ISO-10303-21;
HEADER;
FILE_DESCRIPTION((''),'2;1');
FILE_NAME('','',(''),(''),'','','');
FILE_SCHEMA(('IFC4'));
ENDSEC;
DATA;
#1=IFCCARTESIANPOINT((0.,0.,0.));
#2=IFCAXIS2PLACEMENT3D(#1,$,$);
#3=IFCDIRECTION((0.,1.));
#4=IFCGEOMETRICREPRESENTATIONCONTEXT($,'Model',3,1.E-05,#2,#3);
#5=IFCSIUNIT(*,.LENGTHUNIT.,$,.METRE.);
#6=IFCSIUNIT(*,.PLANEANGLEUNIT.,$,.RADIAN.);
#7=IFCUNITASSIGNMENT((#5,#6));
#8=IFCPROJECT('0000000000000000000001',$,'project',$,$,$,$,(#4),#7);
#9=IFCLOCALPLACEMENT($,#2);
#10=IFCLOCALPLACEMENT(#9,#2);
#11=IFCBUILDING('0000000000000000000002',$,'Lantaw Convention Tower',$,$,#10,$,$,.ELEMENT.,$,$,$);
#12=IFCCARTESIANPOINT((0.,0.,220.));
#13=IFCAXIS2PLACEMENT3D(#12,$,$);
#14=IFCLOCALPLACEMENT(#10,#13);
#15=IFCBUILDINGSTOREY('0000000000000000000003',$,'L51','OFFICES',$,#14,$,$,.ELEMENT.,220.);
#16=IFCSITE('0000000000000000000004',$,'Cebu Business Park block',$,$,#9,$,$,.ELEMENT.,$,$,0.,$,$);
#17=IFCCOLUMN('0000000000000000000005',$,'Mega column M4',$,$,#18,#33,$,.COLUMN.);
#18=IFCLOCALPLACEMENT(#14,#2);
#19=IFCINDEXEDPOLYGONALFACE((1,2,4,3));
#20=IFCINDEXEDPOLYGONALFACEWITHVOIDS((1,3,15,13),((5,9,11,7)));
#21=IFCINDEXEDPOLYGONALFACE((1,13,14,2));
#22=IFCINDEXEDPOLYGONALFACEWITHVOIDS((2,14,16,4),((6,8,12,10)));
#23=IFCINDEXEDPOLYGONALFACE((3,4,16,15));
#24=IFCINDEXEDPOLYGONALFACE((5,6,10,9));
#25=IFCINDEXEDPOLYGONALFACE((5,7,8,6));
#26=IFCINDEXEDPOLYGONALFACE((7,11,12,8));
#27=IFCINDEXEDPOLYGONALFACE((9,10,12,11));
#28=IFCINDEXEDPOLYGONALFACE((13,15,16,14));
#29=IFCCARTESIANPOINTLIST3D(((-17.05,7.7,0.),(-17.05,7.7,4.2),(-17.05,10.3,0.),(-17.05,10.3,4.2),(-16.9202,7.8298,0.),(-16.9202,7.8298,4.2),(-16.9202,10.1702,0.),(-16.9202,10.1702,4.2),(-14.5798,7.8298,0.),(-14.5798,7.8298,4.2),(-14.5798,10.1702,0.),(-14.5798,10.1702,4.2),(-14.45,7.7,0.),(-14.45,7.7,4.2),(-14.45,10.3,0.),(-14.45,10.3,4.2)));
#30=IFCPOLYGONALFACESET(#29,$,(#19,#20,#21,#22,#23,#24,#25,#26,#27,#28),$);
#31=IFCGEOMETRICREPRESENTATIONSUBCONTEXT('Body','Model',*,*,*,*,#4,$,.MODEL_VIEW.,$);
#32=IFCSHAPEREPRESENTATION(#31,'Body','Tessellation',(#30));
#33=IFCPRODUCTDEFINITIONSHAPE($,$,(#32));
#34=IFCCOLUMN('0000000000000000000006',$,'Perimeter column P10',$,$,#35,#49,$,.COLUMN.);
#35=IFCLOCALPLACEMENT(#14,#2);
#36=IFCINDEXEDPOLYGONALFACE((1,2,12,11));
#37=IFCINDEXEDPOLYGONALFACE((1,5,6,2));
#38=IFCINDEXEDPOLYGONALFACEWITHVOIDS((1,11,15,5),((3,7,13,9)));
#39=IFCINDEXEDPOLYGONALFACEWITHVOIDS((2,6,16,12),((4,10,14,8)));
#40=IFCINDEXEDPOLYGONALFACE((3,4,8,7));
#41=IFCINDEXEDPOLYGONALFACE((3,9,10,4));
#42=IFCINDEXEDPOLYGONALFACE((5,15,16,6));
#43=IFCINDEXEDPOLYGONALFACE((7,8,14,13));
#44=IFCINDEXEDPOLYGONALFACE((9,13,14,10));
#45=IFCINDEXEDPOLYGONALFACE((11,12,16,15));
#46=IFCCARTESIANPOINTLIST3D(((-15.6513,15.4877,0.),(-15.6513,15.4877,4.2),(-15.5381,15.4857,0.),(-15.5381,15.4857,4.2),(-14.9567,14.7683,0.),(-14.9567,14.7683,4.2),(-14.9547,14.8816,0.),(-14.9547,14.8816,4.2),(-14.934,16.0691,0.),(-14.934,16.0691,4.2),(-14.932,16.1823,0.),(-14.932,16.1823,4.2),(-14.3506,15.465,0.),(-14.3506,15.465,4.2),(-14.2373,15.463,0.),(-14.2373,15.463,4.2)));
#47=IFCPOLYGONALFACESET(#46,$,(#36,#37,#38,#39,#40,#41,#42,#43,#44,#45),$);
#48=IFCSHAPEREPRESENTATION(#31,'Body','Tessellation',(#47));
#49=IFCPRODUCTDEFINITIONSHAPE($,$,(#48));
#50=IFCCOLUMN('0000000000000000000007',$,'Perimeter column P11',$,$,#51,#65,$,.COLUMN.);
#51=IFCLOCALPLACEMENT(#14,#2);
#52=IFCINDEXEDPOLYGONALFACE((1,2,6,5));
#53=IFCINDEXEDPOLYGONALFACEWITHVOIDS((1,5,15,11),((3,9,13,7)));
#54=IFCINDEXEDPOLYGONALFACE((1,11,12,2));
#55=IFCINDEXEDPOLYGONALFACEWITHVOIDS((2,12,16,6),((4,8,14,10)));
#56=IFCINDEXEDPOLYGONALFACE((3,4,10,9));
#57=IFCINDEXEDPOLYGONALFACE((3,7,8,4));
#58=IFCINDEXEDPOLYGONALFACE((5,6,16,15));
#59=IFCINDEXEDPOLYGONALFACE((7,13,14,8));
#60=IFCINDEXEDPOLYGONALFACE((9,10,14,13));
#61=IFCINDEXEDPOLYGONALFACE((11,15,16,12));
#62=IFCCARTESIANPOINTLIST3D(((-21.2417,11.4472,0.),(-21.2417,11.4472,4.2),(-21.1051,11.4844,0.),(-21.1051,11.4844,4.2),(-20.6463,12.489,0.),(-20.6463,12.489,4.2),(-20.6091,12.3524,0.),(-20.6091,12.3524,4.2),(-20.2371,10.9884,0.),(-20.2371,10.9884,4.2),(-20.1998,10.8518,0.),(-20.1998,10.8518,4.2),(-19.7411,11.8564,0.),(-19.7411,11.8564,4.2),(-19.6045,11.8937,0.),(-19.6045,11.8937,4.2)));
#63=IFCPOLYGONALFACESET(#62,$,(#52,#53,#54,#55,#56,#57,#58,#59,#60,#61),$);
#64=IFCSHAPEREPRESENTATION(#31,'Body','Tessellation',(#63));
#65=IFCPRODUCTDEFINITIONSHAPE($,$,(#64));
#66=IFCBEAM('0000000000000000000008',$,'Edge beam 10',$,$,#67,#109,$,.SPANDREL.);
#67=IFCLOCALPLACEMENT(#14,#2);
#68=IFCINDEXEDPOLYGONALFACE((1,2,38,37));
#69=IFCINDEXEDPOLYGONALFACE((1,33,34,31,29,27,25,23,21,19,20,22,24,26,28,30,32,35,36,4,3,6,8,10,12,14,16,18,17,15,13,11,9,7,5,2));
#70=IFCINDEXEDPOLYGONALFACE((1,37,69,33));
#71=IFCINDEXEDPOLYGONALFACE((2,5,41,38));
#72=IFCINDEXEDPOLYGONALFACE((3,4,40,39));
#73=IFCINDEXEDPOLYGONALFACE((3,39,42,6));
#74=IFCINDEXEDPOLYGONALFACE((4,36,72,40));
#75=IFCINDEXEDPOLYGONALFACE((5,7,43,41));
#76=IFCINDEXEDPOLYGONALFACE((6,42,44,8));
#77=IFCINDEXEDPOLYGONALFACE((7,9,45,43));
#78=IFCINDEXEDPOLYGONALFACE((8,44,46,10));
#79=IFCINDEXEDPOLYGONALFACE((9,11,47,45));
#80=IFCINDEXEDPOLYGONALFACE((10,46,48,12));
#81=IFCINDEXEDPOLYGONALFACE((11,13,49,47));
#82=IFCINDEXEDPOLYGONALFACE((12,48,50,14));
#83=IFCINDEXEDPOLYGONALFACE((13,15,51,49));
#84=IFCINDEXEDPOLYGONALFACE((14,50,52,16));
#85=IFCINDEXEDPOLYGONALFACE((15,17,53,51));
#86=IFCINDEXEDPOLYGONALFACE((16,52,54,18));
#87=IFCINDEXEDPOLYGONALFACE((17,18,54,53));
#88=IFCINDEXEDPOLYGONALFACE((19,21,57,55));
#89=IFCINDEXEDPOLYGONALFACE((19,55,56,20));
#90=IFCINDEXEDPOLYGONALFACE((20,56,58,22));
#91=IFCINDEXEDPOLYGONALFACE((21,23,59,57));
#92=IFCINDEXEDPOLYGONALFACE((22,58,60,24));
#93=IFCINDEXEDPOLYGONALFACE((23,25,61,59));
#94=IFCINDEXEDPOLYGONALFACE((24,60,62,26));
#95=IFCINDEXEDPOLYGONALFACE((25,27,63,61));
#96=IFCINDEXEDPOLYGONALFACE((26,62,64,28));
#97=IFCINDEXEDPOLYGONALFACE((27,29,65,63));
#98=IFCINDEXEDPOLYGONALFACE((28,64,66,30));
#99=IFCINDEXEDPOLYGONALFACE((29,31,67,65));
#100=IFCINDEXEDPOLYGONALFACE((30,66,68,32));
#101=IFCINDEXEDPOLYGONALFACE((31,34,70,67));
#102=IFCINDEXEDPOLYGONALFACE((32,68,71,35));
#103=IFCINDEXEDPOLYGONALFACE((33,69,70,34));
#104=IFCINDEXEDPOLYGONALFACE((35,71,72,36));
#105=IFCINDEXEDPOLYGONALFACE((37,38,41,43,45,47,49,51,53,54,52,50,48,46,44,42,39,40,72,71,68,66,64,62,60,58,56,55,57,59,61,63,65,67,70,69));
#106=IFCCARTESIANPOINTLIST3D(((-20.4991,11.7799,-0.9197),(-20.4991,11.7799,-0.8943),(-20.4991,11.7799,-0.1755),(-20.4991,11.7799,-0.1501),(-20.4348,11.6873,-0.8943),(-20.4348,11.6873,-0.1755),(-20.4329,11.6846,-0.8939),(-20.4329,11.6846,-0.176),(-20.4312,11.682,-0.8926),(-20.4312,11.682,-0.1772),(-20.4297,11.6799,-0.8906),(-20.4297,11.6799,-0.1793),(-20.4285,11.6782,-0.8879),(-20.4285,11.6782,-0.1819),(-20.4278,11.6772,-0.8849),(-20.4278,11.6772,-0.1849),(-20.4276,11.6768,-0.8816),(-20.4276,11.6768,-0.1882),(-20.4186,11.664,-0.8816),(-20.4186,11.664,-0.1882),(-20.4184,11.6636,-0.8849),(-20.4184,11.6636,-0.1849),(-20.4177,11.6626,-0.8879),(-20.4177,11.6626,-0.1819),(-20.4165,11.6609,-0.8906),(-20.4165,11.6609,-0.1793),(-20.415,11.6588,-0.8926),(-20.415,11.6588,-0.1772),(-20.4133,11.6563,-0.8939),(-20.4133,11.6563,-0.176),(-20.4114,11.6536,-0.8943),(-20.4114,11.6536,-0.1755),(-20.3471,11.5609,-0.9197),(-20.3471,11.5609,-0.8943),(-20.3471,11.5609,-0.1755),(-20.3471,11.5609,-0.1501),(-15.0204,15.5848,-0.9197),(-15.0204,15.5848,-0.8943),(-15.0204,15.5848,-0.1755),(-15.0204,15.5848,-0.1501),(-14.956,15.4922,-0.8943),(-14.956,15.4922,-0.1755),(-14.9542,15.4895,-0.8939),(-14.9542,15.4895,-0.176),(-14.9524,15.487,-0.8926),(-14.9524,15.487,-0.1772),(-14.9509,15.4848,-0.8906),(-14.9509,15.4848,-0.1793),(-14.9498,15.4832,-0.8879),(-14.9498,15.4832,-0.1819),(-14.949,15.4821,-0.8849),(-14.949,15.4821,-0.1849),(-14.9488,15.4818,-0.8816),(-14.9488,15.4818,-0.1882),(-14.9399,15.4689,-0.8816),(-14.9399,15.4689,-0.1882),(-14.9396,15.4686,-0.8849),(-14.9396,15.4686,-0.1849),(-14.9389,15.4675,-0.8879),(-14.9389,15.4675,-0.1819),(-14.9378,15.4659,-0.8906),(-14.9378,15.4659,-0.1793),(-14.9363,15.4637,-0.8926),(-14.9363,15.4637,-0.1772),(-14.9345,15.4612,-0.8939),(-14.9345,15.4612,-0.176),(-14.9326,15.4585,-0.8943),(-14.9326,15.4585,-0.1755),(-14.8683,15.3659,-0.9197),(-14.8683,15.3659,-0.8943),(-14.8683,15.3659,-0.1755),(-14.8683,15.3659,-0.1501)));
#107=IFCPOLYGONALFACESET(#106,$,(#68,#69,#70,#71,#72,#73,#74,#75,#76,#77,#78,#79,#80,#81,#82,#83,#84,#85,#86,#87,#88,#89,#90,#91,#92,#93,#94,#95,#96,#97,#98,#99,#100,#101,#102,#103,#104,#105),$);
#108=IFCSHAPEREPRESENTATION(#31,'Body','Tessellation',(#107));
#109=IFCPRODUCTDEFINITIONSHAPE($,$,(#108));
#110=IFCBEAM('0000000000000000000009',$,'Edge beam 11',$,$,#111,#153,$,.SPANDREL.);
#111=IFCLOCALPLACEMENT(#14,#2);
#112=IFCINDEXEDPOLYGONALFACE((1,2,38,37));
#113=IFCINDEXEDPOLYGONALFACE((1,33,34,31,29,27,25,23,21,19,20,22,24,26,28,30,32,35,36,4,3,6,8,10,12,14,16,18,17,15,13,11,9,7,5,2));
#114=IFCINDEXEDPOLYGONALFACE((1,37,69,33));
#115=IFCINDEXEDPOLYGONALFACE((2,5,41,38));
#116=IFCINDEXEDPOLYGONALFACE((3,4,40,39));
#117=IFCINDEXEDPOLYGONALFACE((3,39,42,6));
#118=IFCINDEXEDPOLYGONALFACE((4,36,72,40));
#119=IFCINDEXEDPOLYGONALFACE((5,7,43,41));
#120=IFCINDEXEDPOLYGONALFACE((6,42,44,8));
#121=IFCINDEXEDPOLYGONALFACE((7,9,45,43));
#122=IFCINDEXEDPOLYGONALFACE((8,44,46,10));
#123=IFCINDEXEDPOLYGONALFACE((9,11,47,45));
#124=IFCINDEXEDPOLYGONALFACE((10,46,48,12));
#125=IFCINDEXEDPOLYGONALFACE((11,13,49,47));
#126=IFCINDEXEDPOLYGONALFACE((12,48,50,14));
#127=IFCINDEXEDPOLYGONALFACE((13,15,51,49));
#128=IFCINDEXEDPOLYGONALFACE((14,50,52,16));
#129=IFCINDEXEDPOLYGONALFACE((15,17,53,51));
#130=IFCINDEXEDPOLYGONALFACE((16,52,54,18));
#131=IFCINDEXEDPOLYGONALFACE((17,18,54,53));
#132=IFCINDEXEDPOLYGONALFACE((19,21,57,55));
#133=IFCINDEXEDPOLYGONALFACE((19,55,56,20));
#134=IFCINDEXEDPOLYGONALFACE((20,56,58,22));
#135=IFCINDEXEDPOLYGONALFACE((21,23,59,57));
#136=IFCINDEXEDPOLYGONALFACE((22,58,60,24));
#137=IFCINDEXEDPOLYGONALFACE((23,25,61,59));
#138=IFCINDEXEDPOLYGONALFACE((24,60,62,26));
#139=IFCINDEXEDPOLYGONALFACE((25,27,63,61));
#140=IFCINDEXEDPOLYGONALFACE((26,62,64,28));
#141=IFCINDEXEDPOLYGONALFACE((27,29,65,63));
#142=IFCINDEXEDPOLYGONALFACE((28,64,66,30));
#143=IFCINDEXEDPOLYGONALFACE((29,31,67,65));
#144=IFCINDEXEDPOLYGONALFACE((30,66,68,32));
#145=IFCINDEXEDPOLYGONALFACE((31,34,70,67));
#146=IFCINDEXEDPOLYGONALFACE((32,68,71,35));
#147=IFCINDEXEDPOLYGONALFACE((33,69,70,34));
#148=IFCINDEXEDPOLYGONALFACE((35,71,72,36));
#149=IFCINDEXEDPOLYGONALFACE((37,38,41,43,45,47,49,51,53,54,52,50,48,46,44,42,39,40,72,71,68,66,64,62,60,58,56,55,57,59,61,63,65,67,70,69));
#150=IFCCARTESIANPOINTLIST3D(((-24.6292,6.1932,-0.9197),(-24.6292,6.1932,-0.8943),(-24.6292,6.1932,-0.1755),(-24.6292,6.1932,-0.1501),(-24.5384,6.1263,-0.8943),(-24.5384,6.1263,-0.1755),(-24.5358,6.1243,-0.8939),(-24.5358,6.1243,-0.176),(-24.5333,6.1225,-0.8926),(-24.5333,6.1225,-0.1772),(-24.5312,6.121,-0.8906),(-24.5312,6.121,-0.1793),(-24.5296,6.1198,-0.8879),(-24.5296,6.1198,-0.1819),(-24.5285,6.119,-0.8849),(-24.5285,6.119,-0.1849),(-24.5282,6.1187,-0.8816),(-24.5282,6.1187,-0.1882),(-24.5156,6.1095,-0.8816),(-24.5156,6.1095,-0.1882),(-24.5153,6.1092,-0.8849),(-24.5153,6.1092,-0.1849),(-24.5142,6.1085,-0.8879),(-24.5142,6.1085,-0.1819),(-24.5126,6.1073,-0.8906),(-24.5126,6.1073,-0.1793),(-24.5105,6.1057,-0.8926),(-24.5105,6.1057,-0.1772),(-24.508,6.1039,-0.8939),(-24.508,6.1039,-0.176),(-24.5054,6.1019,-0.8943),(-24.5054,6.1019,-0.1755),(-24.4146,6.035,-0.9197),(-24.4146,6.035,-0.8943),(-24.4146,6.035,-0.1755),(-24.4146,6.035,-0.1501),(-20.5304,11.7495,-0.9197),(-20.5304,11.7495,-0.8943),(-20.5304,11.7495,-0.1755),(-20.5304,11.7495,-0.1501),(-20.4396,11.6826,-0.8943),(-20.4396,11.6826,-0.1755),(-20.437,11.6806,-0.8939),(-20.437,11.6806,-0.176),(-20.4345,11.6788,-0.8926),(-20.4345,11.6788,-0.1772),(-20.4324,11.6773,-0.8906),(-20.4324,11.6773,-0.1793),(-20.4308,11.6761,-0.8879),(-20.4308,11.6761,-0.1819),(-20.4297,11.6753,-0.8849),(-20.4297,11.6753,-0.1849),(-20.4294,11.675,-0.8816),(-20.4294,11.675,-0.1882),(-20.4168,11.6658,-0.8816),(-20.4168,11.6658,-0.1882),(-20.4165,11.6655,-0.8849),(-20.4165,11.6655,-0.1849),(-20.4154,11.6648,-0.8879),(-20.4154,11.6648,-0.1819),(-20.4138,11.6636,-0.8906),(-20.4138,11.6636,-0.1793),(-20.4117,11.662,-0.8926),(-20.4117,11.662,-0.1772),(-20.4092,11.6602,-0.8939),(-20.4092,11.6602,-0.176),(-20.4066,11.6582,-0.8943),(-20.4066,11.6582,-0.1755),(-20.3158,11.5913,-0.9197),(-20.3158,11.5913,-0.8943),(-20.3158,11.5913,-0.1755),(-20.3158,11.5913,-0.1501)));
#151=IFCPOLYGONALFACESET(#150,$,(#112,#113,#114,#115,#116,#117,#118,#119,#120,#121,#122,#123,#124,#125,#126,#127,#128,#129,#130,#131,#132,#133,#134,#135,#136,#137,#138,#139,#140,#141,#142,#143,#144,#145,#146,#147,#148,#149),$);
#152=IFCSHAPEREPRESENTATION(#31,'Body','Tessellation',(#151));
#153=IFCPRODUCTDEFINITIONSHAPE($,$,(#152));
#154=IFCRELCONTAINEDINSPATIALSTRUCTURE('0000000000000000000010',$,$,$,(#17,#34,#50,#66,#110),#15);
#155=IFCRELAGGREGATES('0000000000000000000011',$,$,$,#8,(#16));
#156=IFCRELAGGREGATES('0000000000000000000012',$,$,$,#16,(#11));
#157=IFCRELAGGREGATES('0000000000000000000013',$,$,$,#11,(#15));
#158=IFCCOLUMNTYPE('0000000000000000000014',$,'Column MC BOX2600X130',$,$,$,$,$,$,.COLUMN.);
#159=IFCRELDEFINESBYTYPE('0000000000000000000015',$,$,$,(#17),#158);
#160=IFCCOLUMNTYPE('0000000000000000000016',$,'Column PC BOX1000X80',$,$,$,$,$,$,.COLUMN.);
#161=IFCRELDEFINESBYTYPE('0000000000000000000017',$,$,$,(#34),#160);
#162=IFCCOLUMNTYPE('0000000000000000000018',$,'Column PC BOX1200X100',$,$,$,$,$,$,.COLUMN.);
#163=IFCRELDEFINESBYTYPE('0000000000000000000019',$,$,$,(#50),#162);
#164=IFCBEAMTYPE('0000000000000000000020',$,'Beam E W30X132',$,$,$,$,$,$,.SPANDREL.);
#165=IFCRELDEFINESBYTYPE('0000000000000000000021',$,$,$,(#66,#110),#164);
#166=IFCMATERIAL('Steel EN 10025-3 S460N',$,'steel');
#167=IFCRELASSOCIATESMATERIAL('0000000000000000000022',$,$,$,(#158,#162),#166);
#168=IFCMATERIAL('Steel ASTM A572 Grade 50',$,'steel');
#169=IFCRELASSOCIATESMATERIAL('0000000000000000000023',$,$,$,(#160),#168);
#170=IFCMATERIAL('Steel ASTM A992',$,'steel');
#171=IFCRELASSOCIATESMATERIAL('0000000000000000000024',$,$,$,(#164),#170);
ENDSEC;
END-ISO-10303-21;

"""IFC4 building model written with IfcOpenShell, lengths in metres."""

from ifc_helpers import new_model, si_unit, direction, frame, origin, origin_2d, place, context, subcontext, project, spatial, rectangle, hollow_rectangle, i_section, extrude, material, material_profile, profile_set, type_object, element, save


model = new_model("IFC4")

# Units and contexts
model_context = context("Model", 3, precision=1e-05, world=origin(), true_north=direction((0.0, 1.0)))
body_context = subcontext(model_context, "Body", "Model", "MODEL_VIEW")
ifc_project = project(units=[si_unit("LENGTHUNIT", "METRE"), si_unit("PLANEANGLEUNIT", "RADIAN")], contexts=[model_context])

# Site, building, storey
site_placement = place(None, origin())
site = spatial("IfcSite", under=ifc_project, at=site_placement, Name="Cebu Business Park block", CompositionType="ELEMENT", RefElevation=0.0)
building_placement = place(site_placement, origin())
building = spatial("IfcBuilding", under=site, at=building_placement, Name="Lantaw Convention Tower", CompositionType="ELEMENT")
storey_placement = place(building_placement, frame((0.0, 0.0, 220.0)))
storey = spatial("IfcBuildingStorey", under=building, at=storey_placement, Name="L51", Description="OFFICES", CompositionType="ELEMENT", Elevation=220.0)

# Columns
ifc_material_1 = material(Name="Steel EN 10025-3 S460N", Category="steel")
ifc_material_profile_1 = material_profile(ifc_material_1, hollow_rectangle(XDim=2.6001, YDim=2.6001, WallThickness=0.1299, at=origin_2d()), Name="BOX2600X130")
ifc_material_2 = material(Name="Concrete C60/75", Category="concrete")
ifc_material_profile_2 = material_profile(ifc_material_2, rectangle(XDim=2.3401, YDim=2.3401, at=origin_2d()), Name="Concrete fill of BOX2600X130")
ifc_profile_set_1 = profile_set([ifc_material_profile_1, ifc_material_profile_2], Name="Steel EN 10025-3 S460N")
column_type_1 = type_object("IfcColumnType", Name="Column MC BOX2600X130", PredefinedType="COLUMN", material=ifc_profile_set_1)
column_1_placement = place(storey_placement, frame((-15.75, 9.0, 0.0), z_axis=(0.0, 0.0, 1.0), x_axis=(1.0, 0.0, 0.0)))
element("IfcColumn", 1, at=column_1_placement, inside=storey, type_object=column_type_1, Name="Mega column M4", PredefinedType="COLUMN", context=body_context, shape_type="SweptSolid", body=[
    extrude(hollow_rectangle(XDim=2.6001, YDim=2.6001, WallThickness=0.1299, at=origin_2d()), origin(), (0.0, 0.0, 1.0), 4.2),
])
ifc_material_3 = material(Name="Steel ASTM A572 Grade 50", Category="steel")
ifc_material_profile_3 = material_profile(ifc_material_3, hollow_rectangle(XDim=1.0, YDim=1.0, WallThickness=0.0801, at=origin_2d()), Name="BOX1000X80")
ifc_material_profile_4 = material_profile(ifc_material_2, rectangle(XDim=0.8401, YDim=0.8401, at=origin_2d()), Name="Concrete fill of BOX1000X80")
ifc_profile_set_2 = profile_set([ifc_material_profile_3, ifc_material_profile_4], Name="Steel ASTM A572 Grade 50")
column_type_2 = type_object("IfcColumnType", Name="Column PC BOX1000X80", PredefinedType="COLUMN", material=ifc_profile_set_2)
column_2_placement = place(storey_placement, frame((-14.9443, 15.4753, 0.0), z_axis=(0.0, 0.0, 1.0), x_axis=(0.71934, 0.694658, 0.0)))
element("IfcColumn", 2, at=column_2_placement, inside=storey, type_object=column_type_2, Name="Perimeter column P10", PredefinedType="COLUMN", context=body_context, shape_type="SweptSolid", body=[
    extrude(hollow_rectangle(XDim=1.0, YDim=1.0, WallThickness=0.0801, at=origin_2d()), origin(), (0.0, 0.0, 1.0), 4.2),
])
ifc_material_profile_5 = material_profile(ifc_material_1, hollow_rectangle(XDim=1.2, YDim=1.2, WallThickness=0.1001, at=origin_2d()), Name="BOX1200X100")
ifc_material_profile_6 = material_profile(ifc_material_2, rectangle(XDim=1.0, YDim=1.0, at=origin_2d()), Name="Concrete fill of BOX1200X100")
ifc_profile_set_3 = profile_set([ifc_material_profile_5, ifc_material_profile_6], Name="Steel EN 10025-3 S460N")
column_type_3 = type_object("IfcColumnType", Name="Column PC BOX1200X100", PredefinedType="COLUMN", material=ifc_profile_set_3)
column_3_placement = place(storey_placement, frame((-20.4231, 11.6704, 0.0), z_axis=(0.0, 0.0, 1.0), x_axis=(0.496139, 0.868243, 0.0)))
element("IfcColumn", 3, at=column_3_placement, inside=storey, type_object=column_type_3, Name="Perimeter column P11", PredefinedType="COLUMN", context=body_context, shape_type="SweptSolid", body=[
    extrude(hollow_rectangle(XDim=1.2, YDim=1.2, WallThickness=0.1001, at=origin_2d()), origin(), (0.0, 0.0, 1.0), 4.2),
])

# Beams
ifc_material_4 = material(Name="Steel ASTM A992", Category="steel")
ifc_material_profile_7 = material_profile(ifc_material_4, i_section(OverallWidth=0.2666, OverallDepth=0.7695, WebThickness=0.0156, FlangeThickness=0.0254, FilletRadius=0.0127, at=origin_2d()), Name="W30X132")
ifc_profile_set_4 = profile_set([ifc_material_profile_7], Name="Steel ASTM A992")
beam_type_1 = type_object("IfcBeamType", Name="Beam E W30X132", PredefinedType="SPANDREL", material=ifc_profile_set_4)
beam_1_placement = place(storey_placement, frame((-14.9443, 15.4753, -0.5349), z_axis=(-0.821353, -0.57042, 0.0), x_axis=(0.57042, -0.821353, 0.0)))
element("IfcBeam", 4, at=beam_1_placement, inside=storey, type_object=beam_type_1, Name="Edge beam 10", PredefinedType="SPANDREL", context=body_context, shape_type="SweptSolid", body=[
    extrude(i_section(OverallWidth=0.2666, OverallDepth=0.7695, WebThickness=0.0156, FlangeThickness=0.0254, FilletRadius=0.0127, at=origin_2d()), origin(), (0.0, 0.0, 1.0), 6.6704),
])
beam_2_placement = place(storey_placement, frame((-20.4231, 11.6704, -0.5349), z_axis=(-0.593639, -0.804731, 0.0), x_axis=(0.804731, -0.593639, 0.0)))
element("IfcBeam", 5, at=beam_2_placement, inside=storey, type_object=beam_type_1, Name="Edge beam 11", PredefinedType="SPANDREL", context=body_context, shape_type="SweptSolid", body=[
    extrude(i_section(OverallWidth=0.2666, OverallDepth=0.7695, WebThickness=0.0156, FlangeThickness=0.0254, FilletRadius=0.0127, at=origin_2d()), origin(), (0.0, 0.0, 1.0), 6.9045),
])

save(model, "model.ifc")
